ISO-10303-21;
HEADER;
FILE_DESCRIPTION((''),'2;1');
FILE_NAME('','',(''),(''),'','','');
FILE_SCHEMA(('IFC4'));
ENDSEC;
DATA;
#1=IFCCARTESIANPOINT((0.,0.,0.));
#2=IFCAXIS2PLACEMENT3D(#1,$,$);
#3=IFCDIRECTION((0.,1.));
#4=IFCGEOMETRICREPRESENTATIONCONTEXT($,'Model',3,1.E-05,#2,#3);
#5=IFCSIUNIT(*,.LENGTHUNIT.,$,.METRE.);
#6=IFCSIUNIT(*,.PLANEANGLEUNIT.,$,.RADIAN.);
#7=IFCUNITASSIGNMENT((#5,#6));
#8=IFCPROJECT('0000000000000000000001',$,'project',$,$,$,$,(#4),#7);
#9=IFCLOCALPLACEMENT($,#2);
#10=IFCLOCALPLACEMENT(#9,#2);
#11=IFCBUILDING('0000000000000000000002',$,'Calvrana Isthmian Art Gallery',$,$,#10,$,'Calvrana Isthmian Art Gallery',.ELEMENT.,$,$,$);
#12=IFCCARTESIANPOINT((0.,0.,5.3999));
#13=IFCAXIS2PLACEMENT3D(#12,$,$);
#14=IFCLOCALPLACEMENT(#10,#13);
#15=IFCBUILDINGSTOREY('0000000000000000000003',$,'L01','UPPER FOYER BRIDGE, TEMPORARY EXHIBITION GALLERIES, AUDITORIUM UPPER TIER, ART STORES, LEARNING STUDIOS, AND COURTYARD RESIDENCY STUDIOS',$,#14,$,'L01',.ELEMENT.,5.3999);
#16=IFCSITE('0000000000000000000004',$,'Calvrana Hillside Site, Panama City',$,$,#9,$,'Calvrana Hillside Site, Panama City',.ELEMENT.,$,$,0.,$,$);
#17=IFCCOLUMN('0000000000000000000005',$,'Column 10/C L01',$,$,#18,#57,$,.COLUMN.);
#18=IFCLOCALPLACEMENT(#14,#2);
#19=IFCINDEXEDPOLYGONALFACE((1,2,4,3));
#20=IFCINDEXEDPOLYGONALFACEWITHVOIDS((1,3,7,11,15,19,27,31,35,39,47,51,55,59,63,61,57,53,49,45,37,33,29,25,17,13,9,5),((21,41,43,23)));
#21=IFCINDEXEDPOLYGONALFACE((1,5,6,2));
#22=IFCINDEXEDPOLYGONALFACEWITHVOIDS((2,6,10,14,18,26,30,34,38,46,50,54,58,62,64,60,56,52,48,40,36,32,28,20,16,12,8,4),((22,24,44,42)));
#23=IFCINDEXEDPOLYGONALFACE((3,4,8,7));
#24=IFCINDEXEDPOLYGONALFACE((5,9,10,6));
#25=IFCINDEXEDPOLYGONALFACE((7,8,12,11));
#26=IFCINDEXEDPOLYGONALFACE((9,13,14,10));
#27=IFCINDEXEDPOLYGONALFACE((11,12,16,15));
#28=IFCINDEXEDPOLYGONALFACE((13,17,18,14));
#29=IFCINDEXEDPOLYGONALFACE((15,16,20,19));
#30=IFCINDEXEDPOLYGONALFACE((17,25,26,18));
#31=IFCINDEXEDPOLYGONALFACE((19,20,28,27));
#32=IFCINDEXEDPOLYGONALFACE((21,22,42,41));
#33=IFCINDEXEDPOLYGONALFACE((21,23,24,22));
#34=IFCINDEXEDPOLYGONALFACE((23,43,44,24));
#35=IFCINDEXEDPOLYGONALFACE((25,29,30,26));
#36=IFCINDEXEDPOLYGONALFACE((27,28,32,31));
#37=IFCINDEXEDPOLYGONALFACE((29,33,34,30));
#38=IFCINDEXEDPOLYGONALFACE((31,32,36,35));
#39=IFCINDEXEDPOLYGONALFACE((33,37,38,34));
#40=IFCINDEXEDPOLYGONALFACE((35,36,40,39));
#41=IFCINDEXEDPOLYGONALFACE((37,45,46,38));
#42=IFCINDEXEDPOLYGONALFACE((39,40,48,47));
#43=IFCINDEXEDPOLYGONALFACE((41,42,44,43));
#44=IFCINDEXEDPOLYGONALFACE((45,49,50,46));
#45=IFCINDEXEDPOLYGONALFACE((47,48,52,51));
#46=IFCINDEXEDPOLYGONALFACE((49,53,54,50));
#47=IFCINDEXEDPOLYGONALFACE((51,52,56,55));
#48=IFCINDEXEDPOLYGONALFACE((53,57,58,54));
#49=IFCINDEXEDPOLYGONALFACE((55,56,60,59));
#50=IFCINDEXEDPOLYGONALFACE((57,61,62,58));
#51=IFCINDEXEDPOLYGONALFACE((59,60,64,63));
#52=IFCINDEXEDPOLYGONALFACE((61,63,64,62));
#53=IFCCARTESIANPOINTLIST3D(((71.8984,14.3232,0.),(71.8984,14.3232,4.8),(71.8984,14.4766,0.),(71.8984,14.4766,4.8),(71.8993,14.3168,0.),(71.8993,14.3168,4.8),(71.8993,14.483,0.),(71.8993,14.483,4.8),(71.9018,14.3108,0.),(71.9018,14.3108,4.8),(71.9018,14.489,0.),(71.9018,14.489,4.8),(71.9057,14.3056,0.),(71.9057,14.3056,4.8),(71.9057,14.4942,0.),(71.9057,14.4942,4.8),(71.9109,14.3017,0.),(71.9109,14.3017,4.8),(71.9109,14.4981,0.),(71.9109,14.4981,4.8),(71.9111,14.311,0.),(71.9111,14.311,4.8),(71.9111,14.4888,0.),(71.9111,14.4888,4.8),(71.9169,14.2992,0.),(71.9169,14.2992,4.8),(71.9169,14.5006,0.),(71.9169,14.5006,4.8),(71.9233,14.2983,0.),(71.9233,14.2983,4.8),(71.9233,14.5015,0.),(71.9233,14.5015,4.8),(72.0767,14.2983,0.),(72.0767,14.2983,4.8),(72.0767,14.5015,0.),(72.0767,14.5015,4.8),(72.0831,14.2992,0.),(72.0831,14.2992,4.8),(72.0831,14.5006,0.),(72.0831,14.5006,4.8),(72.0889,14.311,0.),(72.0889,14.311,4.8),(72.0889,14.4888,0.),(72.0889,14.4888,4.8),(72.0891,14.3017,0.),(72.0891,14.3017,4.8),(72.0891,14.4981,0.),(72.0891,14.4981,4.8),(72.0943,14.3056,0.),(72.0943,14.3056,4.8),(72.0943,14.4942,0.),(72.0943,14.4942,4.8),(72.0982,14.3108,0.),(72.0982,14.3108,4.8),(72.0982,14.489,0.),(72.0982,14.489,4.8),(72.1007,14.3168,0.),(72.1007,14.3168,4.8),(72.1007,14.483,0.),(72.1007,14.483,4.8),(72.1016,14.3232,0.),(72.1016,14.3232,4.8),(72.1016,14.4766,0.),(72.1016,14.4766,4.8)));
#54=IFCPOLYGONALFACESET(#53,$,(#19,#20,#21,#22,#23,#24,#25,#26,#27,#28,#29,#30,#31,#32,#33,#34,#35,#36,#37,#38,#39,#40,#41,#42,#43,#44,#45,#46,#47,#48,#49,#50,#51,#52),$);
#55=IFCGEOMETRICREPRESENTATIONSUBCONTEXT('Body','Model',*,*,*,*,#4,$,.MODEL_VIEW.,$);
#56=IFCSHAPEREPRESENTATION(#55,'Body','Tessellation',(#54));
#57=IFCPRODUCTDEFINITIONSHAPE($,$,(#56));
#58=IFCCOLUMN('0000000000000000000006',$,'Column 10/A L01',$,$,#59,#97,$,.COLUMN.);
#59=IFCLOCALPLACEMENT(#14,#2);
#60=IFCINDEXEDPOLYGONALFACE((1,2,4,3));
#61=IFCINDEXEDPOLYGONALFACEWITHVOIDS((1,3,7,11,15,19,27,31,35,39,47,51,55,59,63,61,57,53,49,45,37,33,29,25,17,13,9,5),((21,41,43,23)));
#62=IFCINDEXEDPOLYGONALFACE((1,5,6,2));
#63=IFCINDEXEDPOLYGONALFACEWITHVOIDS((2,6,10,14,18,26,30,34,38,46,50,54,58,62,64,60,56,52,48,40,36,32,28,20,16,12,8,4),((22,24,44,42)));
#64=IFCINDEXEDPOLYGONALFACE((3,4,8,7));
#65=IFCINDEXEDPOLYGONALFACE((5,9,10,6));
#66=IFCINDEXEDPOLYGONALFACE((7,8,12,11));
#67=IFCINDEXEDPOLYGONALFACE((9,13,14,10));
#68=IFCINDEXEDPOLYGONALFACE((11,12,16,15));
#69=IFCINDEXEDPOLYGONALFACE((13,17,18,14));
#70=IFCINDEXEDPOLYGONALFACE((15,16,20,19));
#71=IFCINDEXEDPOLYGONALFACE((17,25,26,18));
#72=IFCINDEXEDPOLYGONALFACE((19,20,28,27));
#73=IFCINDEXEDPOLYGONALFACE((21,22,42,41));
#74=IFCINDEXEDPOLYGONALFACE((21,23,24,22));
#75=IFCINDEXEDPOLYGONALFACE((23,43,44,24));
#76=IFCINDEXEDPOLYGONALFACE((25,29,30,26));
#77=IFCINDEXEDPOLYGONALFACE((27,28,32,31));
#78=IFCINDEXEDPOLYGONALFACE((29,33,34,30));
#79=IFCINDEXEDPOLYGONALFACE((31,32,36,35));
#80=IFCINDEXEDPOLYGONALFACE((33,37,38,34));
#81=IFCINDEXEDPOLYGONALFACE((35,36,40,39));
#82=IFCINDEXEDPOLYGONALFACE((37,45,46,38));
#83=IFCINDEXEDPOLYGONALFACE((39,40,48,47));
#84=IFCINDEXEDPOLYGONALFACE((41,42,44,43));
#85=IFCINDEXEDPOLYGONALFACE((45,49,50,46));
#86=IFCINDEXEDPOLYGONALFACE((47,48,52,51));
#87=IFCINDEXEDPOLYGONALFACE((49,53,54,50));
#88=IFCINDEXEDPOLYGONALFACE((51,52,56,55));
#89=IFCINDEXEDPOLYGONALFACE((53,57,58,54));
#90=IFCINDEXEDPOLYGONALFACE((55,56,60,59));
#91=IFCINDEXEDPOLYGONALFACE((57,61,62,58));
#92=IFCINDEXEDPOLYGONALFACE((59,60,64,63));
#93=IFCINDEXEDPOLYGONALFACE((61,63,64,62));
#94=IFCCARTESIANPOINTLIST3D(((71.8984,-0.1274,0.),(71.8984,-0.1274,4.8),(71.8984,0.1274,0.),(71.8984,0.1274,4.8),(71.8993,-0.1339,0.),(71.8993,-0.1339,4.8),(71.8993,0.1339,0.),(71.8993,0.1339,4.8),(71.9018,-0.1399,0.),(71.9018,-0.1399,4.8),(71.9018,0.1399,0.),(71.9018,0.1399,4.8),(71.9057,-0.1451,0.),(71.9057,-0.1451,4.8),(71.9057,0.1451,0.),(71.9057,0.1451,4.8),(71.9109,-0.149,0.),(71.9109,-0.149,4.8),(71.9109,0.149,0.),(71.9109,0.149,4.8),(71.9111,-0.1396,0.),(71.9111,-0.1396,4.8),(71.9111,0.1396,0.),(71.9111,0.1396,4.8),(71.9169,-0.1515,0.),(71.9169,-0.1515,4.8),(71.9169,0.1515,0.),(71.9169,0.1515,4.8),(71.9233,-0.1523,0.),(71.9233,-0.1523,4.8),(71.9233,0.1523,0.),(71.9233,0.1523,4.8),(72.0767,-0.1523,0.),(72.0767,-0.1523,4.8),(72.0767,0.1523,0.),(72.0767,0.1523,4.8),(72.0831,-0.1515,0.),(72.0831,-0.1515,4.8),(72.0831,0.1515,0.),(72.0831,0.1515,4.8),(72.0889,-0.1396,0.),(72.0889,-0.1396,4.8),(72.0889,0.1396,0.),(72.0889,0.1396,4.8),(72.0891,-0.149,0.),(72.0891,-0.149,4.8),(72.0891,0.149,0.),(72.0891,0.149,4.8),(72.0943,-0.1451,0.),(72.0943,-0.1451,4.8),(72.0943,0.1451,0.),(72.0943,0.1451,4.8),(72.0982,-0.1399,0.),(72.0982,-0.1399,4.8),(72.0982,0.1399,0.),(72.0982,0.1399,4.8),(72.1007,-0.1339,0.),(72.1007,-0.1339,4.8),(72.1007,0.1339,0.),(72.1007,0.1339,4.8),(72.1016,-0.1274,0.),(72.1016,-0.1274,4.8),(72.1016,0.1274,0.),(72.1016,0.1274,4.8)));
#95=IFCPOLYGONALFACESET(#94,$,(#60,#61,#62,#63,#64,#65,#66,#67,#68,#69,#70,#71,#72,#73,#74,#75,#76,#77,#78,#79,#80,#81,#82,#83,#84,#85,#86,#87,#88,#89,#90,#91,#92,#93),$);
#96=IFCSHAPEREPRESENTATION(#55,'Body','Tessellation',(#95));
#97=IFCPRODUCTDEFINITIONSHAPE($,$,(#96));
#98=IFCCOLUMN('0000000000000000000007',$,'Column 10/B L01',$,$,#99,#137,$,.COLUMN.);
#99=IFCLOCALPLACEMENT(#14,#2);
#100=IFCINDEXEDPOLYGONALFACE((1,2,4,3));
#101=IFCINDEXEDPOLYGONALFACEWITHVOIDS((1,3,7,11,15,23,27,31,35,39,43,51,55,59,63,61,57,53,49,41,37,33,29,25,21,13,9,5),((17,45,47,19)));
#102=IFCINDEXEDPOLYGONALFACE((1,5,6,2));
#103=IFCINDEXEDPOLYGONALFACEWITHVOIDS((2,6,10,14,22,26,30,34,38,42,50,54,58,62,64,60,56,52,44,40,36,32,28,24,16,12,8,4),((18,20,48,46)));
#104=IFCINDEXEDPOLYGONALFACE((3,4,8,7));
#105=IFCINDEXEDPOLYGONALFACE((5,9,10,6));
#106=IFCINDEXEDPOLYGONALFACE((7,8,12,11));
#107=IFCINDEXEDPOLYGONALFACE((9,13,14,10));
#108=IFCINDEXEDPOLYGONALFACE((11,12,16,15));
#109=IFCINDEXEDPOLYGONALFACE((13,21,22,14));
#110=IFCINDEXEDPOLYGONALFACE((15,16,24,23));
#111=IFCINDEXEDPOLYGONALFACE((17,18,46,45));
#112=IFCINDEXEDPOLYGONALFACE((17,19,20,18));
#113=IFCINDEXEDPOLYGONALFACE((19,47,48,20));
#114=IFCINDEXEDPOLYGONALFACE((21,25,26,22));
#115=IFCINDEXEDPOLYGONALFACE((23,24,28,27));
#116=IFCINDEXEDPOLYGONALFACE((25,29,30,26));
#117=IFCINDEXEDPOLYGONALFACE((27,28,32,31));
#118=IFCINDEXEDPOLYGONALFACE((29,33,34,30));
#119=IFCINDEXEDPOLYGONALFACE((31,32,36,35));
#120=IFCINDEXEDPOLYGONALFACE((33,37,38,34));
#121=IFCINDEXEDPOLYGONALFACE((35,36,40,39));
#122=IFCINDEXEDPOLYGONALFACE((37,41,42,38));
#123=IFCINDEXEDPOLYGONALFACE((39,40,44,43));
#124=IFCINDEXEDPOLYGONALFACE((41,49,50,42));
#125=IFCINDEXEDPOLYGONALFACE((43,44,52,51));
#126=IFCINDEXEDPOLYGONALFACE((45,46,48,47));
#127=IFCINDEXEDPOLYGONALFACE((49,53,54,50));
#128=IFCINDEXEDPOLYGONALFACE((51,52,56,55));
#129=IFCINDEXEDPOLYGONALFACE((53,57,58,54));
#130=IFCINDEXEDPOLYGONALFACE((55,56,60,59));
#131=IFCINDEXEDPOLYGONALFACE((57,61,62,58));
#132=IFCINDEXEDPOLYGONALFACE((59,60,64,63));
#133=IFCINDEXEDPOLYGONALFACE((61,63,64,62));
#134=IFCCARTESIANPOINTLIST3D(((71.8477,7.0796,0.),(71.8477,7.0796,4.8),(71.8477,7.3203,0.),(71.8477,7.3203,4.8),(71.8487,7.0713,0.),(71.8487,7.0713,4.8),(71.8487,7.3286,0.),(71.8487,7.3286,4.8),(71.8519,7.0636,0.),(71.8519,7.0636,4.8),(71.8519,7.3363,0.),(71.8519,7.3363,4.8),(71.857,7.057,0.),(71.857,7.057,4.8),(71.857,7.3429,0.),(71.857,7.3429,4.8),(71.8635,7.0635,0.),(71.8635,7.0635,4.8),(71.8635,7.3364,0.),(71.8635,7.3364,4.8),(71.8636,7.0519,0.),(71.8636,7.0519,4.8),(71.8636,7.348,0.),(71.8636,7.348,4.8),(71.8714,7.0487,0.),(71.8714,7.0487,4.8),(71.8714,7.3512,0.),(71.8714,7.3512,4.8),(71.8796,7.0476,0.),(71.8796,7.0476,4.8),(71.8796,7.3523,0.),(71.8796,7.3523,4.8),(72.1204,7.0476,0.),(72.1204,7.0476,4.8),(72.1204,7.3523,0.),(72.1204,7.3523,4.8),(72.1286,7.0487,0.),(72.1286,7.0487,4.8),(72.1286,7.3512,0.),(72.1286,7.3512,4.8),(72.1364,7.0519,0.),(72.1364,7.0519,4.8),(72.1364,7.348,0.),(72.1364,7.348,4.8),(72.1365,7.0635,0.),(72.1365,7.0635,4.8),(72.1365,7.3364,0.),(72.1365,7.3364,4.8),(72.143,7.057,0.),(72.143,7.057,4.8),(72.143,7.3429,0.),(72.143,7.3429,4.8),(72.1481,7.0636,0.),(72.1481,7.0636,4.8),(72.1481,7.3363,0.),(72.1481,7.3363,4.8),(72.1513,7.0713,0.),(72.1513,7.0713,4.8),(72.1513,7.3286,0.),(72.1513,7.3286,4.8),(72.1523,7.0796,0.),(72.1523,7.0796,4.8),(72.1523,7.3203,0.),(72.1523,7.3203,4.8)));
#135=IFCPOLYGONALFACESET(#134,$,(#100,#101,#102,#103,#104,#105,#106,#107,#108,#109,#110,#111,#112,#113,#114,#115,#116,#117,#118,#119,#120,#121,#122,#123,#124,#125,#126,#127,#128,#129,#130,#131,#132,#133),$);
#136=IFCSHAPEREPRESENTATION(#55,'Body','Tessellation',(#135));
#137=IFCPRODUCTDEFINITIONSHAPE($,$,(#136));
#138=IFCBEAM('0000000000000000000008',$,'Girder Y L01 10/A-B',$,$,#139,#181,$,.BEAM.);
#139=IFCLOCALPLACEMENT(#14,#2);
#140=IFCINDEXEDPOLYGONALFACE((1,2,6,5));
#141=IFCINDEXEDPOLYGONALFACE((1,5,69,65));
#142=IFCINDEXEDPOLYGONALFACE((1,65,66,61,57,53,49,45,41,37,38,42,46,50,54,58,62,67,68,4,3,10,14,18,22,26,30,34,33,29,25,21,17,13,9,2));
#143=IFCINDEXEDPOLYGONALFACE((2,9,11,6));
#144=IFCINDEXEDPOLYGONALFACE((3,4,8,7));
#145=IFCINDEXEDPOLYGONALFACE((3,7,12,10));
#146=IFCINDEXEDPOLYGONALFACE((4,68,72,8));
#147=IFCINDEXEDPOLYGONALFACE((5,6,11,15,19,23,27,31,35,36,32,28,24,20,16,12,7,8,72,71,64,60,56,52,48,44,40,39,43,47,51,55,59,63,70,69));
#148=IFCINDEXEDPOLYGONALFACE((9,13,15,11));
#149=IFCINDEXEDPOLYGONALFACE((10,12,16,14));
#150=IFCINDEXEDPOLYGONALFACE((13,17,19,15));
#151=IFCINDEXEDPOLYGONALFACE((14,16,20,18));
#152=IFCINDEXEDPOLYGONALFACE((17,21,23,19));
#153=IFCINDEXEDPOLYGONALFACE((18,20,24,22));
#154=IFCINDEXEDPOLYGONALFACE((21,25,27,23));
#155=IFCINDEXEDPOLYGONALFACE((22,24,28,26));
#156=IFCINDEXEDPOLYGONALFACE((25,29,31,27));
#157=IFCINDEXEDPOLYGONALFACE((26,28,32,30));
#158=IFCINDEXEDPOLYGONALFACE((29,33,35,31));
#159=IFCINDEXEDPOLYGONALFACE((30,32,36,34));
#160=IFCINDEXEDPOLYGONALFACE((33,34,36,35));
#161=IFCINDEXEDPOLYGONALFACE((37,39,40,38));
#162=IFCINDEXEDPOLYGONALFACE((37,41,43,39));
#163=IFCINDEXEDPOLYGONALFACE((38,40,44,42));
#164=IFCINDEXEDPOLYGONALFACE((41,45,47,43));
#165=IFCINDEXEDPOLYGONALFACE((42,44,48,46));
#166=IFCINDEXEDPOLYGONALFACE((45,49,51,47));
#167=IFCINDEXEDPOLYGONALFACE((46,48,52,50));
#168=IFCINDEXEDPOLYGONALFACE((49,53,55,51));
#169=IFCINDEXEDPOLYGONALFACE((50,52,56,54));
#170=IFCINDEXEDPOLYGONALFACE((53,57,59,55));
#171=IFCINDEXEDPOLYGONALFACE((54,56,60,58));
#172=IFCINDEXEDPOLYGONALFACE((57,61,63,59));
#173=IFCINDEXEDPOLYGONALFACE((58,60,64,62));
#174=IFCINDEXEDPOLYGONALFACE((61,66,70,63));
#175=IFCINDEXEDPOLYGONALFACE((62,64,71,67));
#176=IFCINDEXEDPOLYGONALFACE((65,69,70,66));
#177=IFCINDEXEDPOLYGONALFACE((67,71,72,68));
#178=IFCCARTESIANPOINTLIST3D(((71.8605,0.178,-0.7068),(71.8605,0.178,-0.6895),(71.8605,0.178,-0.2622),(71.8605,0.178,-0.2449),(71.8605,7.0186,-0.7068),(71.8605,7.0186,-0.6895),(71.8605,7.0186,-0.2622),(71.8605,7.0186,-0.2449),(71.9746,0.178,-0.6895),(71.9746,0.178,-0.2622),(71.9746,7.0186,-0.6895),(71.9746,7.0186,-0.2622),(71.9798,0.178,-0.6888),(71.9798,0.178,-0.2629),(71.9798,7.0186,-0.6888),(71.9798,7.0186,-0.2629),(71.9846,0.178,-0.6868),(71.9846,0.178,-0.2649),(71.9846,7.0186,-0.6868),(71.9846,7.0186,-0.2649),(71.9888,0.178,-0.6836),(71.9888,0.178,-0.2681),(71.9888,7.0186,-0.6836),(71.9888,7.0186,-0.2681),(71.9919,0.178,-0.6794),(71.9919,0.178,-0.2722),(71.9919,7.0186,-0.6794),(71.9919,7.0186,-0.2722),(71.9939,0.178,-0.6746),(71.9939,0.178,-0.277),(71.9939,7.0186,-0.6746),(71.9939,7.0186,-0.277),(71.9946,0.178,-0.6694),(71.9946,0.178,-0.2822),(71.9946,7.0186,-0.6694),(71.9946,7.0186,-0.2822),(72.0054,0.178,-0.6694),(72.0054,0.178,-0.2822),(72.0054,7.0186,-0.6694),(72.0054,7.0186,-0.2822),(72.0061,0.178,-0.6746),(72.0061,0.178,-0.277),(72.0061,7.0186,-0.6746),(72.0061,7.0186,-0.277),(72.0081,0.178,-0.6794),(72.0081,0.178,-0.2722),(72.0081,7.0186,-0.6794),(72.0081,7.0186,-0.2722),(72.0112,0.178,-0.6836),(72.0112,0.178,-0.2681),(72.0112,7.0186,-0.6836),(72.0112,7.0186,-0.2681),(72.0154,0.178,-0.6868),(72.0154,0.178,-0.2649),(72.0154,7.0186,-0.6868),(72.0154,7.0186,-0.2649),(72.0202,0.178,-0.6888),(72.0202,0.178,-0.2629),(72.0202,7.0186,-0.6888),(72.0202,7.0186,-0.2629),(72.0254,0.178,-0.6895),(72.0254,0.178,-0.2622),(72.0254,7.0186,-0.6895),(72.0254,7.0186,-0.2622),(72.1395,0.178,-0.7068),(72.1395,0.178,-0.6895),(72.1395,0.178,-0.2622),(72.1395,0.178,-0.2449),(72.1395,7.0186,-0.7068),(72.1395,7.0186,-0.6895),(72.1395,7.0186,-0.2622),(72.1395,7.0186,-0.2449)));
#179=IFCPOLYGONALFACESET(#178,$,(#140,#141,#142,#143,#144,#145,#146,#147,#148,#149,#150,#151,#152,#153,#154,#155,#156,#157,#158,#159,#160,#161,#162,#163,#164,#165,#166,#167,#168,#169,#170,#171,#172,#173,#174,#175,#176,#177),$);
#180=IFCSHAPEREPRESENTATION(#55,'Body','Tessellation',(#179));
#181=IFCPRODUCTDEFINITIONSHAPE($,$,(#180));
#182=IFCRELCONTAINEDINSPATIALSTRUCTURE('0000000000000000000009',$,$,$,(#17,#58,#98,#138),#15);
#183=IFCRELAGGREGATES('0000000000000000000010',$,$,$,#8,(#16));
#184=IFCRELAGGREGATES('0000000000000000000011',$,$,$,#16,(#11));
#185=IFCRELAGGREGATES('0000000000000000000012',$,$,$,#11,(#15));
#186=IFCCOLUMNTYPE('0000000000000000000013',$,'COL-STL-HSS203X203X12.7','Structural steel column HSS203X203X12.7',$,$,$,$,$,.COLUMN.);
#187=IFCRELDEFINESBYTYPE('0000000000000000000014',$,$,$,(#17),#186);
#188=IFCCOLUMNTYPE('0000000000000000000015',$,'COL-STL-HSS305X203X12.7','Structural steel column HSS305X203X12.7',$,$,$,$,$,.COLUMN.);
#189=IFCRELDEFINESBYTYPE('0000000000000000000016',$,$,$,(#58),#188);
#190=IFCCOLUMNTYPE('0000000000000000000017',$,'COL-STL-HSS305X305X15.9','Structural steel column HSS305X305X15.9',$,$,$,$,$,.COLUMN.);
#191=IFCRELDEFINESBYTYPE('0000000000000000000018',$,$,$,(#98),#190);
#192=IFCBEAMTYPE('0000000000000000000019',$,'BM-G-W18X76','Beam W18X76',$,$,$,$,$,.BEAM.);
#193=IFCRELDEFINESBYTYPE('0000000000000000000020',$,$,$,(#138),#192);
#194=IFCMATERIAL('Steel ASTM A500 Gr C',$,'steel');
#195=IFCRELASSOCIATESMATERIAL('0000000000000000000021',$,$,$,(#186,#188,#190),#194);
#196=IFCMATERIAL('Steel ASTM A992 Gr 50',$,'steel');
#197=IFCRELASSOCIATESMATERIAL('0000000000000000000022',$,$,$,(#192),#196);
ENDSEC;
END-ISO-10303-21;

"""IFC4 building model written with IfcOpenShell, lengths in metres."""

from ifc_helpers import new_model, si_unit, direction, frame, origin, origin_2d, place, context, subcontext, project, spatial, hollow_rectangle, i_section, extrude, material, material_profile, profile_set, type_object, element, save


model = new_model("IFC4")

# Units and contexts
model_context = context("Model", 3, precision=1e-05, world=origin(), true_north=direction((0.0, 1.0)))
body_context = subcontext(model_context, "Body", "Model", "MODEL_VIEW")
ifc_project = project(units=[si_unit("LENGTHUNIT", "METRE"), si_unit("PLANEANGLEUNIT", "RADIAN")], contexts=[model_context])

# Site, building, storey
site_placement = place(None, origin())
site = spatial("IfcSite", under=ifc_project, at=site_placement, Name="Calvrana Hillside Site, Panama City", LongName="Calvrana Hillside Site, Panama City", CompositionType="ELEMENT", RefElevation=0.0)
building_placement = place(site_placement, origin())
building = spatial("IfcBuilding", under=site, at=building_placement, Name="Calvrana Isthmian Art Gallery", LongName="Calvrana Isthmian Art Gallery", CompositionType="ELEMENT")
storey_placement = place(building_placement, frame((0.0, 0.0, 5.3999)))
storey = spatial("IfcBuildingStorey", under=building, at=storey_placement, Name="L01", Description="UPPER FOYER BRIDGE, TEMPORARY EXHIBITION GALLERIES, AUDITORIUM UPPER TIER, ART STORES, LEARNING STUDIOS, AND COURTYARD RESIDENCY STUDIOS", LongName="L01", CompositionType="ELEMENT", Elevation=5.3999)

# Columns
ifc_material_1 = material(Name="Steel ASTM A500 Gr C", Category="steel")
ifc_material_profile_1 = material_profile(ifc_material_1, hollow_rectangle(XDim=0.2031, YDim=0.2031, WallThickness=0.0127, OuterFilletRadius=0.0249, at=origin_2d()), Name="HSS203X203X12.7")
ifc_profile_set_1 = profile_set([ifc_material_profile_1], Name="Steel ASTM A500 Gr C")
column_type_1 = type_object("IfcColumnType", Name="COL-STL-HSS203X203X12.7", Description="Structural steel column HSS203X203X12.7", PredefinedType="COLUMN", material=ifc_profile_set_1)
column_1_placement = place(storey_placement, frame((72.0, 14.3999, 0.0), z_axis=(0.0, 0.0, 1.0), x_axis=(1.0, 0.0, 0.0)))
element("IfcColumn", 1, at=column_1_placement, inside=storey, type_object=column_type_1, Name="Column 10/C L01", PredefinedType="COLUMN", context=body_context, shape_type="SweptSolid", body=[
    extrude(hollow_rectangle(XDim=0.2031, YDim=0.2031, WallThickness=0.0127, OuterFilletRadius=0.0249, at=origin_2d()), origin(), (0.0, 0.0, 1.0), 4.8),
])
ifc_material_profile_2 = material_profile(ifc_material_1, hollow_rectangle(XDim=0.2031, YDim=0.3047, WallThickness=0.0127, OuterFilletRadius=0.0249, at=origin_2d()), Name="HSS305X203X12.7")
ifc_profile_set_2 = profile_set([ifc_material_profile_2], Name="Steel ASTM A500 Gr C")
column_type_2 = type_object("IfcColumnType", Name="COL-STL-HSS305X203X12.7", Description="Structural steel column HSS305X203X12.7", PredefinedType="COLUMN", material=ifc_profile_set_2)
column_2_placement = place(storey_placement, frame((72.0, 0.0, 0.0), z_axis=(0.0, 0.0, 1.0), x_axis=(1.0, 0.0, 0.0)))
element("IfcColumn", 2, at=column_2_placement, inside=storey, type_object=column_type_2, Name="Column 10/A L01", PredefinedType="COLUMN", context=body_context, shape_type="SweptSolid", body=[
    extrude(hollow_rectangle(XDim=0.2031, YDim=0.3047, WallThickness=0.0127, OuterFilletRadius=0.0249, at=origin_2d()), origin(), (0.0, 0.0, 1.0), 4.8),
])
ifc_material_profile_3 = material_profile(ifc_material_1, hollow_rectangle(XDim=0.3047, YDim=0.3047, WallThickness=0.0159, OuterFilletRadius=0.032, at=origin_2d()), Name="HSS305X305X15.9")
ifc_profile_set_3 = profile_set([ifc_material_profile_3], Name="Steel ASTM A500 Gr C")
column_type_3 = type_object("IfcColumnType", Name="COL-STL-HSS305X305X15.9", Description="Structural steel column HSS305X305X15.9", PredefinedType="COLUMN", material=ifc_profile_set_3)
column_3_placement = place(storey_placement, frame((72.0, 7.2, 0.0), z_axis=(0.0, 0.0, 1.0), x_axis=(1.0, 0.0, 0.0)))
element("IfcColumn", 3, at=column_3_placement, inside=storey, type_object=column_type_3, Name="Column 10/B L01", PredefinedType="COLUMN", context=body_context, shape_type="SweptSolid", body=[
    extrude(hollow_rectangle(XDim=0.3047, YDim=0.3047, WallThickness=0.0159, OuterFilletRadius=0.032, at=origin_2d()), origin(), (0.0, 0.0, 1.0), 4.8),
])

# Beam
ifc_material_2 = material(Name="Steel ASTM A992 Gr 50", Category="steel")
ifc_material_profile_4 = material_profile(ifc_material_2, i_section(OverallWidth=0.2791, OverallDepth=0.4619, WebThickness=0.0107, FlangeThickness=0.0173, FilletRadius=0.02, at=origin_2d()), Name="W18X76")
ifc_profile_set_4 = profile_set([ifc_material_profile_4], Name="Steel ASTM A992 Gr 50")
beam_type_1 = type_object("IfcBeamType", Name="BM-G-W18X76", Description="Beam W18X76", PredefinedType="BEAM", material=ifc_profile_set_4)
beam_1_placement = place(storey_placement, frame((72.0, 0.178, -0.4758), z_axis=(0.0, 1.0, 0.0), x_axis=(-1.0, 0.0, 0.0)))
element("IfcBeam", 4, at=beam_1_placement, inside=storey, type_object=beam_type_1, Name="Girder Y L01 10/A-B", PredefinedType="BEAM", context=body_context, shape_type="SweptSolid", body=[
    extrude(i_section(OverallWidth=0.2791, OverallDepth=0.4619, WebThickness=0.0107, FlangeThickness=0.0173, FilletRadius=0.02, at=origin_2d()), origin(), (0.0, 0.0, 1.0), 6.8406),
])

save(model, "model.ifc")
